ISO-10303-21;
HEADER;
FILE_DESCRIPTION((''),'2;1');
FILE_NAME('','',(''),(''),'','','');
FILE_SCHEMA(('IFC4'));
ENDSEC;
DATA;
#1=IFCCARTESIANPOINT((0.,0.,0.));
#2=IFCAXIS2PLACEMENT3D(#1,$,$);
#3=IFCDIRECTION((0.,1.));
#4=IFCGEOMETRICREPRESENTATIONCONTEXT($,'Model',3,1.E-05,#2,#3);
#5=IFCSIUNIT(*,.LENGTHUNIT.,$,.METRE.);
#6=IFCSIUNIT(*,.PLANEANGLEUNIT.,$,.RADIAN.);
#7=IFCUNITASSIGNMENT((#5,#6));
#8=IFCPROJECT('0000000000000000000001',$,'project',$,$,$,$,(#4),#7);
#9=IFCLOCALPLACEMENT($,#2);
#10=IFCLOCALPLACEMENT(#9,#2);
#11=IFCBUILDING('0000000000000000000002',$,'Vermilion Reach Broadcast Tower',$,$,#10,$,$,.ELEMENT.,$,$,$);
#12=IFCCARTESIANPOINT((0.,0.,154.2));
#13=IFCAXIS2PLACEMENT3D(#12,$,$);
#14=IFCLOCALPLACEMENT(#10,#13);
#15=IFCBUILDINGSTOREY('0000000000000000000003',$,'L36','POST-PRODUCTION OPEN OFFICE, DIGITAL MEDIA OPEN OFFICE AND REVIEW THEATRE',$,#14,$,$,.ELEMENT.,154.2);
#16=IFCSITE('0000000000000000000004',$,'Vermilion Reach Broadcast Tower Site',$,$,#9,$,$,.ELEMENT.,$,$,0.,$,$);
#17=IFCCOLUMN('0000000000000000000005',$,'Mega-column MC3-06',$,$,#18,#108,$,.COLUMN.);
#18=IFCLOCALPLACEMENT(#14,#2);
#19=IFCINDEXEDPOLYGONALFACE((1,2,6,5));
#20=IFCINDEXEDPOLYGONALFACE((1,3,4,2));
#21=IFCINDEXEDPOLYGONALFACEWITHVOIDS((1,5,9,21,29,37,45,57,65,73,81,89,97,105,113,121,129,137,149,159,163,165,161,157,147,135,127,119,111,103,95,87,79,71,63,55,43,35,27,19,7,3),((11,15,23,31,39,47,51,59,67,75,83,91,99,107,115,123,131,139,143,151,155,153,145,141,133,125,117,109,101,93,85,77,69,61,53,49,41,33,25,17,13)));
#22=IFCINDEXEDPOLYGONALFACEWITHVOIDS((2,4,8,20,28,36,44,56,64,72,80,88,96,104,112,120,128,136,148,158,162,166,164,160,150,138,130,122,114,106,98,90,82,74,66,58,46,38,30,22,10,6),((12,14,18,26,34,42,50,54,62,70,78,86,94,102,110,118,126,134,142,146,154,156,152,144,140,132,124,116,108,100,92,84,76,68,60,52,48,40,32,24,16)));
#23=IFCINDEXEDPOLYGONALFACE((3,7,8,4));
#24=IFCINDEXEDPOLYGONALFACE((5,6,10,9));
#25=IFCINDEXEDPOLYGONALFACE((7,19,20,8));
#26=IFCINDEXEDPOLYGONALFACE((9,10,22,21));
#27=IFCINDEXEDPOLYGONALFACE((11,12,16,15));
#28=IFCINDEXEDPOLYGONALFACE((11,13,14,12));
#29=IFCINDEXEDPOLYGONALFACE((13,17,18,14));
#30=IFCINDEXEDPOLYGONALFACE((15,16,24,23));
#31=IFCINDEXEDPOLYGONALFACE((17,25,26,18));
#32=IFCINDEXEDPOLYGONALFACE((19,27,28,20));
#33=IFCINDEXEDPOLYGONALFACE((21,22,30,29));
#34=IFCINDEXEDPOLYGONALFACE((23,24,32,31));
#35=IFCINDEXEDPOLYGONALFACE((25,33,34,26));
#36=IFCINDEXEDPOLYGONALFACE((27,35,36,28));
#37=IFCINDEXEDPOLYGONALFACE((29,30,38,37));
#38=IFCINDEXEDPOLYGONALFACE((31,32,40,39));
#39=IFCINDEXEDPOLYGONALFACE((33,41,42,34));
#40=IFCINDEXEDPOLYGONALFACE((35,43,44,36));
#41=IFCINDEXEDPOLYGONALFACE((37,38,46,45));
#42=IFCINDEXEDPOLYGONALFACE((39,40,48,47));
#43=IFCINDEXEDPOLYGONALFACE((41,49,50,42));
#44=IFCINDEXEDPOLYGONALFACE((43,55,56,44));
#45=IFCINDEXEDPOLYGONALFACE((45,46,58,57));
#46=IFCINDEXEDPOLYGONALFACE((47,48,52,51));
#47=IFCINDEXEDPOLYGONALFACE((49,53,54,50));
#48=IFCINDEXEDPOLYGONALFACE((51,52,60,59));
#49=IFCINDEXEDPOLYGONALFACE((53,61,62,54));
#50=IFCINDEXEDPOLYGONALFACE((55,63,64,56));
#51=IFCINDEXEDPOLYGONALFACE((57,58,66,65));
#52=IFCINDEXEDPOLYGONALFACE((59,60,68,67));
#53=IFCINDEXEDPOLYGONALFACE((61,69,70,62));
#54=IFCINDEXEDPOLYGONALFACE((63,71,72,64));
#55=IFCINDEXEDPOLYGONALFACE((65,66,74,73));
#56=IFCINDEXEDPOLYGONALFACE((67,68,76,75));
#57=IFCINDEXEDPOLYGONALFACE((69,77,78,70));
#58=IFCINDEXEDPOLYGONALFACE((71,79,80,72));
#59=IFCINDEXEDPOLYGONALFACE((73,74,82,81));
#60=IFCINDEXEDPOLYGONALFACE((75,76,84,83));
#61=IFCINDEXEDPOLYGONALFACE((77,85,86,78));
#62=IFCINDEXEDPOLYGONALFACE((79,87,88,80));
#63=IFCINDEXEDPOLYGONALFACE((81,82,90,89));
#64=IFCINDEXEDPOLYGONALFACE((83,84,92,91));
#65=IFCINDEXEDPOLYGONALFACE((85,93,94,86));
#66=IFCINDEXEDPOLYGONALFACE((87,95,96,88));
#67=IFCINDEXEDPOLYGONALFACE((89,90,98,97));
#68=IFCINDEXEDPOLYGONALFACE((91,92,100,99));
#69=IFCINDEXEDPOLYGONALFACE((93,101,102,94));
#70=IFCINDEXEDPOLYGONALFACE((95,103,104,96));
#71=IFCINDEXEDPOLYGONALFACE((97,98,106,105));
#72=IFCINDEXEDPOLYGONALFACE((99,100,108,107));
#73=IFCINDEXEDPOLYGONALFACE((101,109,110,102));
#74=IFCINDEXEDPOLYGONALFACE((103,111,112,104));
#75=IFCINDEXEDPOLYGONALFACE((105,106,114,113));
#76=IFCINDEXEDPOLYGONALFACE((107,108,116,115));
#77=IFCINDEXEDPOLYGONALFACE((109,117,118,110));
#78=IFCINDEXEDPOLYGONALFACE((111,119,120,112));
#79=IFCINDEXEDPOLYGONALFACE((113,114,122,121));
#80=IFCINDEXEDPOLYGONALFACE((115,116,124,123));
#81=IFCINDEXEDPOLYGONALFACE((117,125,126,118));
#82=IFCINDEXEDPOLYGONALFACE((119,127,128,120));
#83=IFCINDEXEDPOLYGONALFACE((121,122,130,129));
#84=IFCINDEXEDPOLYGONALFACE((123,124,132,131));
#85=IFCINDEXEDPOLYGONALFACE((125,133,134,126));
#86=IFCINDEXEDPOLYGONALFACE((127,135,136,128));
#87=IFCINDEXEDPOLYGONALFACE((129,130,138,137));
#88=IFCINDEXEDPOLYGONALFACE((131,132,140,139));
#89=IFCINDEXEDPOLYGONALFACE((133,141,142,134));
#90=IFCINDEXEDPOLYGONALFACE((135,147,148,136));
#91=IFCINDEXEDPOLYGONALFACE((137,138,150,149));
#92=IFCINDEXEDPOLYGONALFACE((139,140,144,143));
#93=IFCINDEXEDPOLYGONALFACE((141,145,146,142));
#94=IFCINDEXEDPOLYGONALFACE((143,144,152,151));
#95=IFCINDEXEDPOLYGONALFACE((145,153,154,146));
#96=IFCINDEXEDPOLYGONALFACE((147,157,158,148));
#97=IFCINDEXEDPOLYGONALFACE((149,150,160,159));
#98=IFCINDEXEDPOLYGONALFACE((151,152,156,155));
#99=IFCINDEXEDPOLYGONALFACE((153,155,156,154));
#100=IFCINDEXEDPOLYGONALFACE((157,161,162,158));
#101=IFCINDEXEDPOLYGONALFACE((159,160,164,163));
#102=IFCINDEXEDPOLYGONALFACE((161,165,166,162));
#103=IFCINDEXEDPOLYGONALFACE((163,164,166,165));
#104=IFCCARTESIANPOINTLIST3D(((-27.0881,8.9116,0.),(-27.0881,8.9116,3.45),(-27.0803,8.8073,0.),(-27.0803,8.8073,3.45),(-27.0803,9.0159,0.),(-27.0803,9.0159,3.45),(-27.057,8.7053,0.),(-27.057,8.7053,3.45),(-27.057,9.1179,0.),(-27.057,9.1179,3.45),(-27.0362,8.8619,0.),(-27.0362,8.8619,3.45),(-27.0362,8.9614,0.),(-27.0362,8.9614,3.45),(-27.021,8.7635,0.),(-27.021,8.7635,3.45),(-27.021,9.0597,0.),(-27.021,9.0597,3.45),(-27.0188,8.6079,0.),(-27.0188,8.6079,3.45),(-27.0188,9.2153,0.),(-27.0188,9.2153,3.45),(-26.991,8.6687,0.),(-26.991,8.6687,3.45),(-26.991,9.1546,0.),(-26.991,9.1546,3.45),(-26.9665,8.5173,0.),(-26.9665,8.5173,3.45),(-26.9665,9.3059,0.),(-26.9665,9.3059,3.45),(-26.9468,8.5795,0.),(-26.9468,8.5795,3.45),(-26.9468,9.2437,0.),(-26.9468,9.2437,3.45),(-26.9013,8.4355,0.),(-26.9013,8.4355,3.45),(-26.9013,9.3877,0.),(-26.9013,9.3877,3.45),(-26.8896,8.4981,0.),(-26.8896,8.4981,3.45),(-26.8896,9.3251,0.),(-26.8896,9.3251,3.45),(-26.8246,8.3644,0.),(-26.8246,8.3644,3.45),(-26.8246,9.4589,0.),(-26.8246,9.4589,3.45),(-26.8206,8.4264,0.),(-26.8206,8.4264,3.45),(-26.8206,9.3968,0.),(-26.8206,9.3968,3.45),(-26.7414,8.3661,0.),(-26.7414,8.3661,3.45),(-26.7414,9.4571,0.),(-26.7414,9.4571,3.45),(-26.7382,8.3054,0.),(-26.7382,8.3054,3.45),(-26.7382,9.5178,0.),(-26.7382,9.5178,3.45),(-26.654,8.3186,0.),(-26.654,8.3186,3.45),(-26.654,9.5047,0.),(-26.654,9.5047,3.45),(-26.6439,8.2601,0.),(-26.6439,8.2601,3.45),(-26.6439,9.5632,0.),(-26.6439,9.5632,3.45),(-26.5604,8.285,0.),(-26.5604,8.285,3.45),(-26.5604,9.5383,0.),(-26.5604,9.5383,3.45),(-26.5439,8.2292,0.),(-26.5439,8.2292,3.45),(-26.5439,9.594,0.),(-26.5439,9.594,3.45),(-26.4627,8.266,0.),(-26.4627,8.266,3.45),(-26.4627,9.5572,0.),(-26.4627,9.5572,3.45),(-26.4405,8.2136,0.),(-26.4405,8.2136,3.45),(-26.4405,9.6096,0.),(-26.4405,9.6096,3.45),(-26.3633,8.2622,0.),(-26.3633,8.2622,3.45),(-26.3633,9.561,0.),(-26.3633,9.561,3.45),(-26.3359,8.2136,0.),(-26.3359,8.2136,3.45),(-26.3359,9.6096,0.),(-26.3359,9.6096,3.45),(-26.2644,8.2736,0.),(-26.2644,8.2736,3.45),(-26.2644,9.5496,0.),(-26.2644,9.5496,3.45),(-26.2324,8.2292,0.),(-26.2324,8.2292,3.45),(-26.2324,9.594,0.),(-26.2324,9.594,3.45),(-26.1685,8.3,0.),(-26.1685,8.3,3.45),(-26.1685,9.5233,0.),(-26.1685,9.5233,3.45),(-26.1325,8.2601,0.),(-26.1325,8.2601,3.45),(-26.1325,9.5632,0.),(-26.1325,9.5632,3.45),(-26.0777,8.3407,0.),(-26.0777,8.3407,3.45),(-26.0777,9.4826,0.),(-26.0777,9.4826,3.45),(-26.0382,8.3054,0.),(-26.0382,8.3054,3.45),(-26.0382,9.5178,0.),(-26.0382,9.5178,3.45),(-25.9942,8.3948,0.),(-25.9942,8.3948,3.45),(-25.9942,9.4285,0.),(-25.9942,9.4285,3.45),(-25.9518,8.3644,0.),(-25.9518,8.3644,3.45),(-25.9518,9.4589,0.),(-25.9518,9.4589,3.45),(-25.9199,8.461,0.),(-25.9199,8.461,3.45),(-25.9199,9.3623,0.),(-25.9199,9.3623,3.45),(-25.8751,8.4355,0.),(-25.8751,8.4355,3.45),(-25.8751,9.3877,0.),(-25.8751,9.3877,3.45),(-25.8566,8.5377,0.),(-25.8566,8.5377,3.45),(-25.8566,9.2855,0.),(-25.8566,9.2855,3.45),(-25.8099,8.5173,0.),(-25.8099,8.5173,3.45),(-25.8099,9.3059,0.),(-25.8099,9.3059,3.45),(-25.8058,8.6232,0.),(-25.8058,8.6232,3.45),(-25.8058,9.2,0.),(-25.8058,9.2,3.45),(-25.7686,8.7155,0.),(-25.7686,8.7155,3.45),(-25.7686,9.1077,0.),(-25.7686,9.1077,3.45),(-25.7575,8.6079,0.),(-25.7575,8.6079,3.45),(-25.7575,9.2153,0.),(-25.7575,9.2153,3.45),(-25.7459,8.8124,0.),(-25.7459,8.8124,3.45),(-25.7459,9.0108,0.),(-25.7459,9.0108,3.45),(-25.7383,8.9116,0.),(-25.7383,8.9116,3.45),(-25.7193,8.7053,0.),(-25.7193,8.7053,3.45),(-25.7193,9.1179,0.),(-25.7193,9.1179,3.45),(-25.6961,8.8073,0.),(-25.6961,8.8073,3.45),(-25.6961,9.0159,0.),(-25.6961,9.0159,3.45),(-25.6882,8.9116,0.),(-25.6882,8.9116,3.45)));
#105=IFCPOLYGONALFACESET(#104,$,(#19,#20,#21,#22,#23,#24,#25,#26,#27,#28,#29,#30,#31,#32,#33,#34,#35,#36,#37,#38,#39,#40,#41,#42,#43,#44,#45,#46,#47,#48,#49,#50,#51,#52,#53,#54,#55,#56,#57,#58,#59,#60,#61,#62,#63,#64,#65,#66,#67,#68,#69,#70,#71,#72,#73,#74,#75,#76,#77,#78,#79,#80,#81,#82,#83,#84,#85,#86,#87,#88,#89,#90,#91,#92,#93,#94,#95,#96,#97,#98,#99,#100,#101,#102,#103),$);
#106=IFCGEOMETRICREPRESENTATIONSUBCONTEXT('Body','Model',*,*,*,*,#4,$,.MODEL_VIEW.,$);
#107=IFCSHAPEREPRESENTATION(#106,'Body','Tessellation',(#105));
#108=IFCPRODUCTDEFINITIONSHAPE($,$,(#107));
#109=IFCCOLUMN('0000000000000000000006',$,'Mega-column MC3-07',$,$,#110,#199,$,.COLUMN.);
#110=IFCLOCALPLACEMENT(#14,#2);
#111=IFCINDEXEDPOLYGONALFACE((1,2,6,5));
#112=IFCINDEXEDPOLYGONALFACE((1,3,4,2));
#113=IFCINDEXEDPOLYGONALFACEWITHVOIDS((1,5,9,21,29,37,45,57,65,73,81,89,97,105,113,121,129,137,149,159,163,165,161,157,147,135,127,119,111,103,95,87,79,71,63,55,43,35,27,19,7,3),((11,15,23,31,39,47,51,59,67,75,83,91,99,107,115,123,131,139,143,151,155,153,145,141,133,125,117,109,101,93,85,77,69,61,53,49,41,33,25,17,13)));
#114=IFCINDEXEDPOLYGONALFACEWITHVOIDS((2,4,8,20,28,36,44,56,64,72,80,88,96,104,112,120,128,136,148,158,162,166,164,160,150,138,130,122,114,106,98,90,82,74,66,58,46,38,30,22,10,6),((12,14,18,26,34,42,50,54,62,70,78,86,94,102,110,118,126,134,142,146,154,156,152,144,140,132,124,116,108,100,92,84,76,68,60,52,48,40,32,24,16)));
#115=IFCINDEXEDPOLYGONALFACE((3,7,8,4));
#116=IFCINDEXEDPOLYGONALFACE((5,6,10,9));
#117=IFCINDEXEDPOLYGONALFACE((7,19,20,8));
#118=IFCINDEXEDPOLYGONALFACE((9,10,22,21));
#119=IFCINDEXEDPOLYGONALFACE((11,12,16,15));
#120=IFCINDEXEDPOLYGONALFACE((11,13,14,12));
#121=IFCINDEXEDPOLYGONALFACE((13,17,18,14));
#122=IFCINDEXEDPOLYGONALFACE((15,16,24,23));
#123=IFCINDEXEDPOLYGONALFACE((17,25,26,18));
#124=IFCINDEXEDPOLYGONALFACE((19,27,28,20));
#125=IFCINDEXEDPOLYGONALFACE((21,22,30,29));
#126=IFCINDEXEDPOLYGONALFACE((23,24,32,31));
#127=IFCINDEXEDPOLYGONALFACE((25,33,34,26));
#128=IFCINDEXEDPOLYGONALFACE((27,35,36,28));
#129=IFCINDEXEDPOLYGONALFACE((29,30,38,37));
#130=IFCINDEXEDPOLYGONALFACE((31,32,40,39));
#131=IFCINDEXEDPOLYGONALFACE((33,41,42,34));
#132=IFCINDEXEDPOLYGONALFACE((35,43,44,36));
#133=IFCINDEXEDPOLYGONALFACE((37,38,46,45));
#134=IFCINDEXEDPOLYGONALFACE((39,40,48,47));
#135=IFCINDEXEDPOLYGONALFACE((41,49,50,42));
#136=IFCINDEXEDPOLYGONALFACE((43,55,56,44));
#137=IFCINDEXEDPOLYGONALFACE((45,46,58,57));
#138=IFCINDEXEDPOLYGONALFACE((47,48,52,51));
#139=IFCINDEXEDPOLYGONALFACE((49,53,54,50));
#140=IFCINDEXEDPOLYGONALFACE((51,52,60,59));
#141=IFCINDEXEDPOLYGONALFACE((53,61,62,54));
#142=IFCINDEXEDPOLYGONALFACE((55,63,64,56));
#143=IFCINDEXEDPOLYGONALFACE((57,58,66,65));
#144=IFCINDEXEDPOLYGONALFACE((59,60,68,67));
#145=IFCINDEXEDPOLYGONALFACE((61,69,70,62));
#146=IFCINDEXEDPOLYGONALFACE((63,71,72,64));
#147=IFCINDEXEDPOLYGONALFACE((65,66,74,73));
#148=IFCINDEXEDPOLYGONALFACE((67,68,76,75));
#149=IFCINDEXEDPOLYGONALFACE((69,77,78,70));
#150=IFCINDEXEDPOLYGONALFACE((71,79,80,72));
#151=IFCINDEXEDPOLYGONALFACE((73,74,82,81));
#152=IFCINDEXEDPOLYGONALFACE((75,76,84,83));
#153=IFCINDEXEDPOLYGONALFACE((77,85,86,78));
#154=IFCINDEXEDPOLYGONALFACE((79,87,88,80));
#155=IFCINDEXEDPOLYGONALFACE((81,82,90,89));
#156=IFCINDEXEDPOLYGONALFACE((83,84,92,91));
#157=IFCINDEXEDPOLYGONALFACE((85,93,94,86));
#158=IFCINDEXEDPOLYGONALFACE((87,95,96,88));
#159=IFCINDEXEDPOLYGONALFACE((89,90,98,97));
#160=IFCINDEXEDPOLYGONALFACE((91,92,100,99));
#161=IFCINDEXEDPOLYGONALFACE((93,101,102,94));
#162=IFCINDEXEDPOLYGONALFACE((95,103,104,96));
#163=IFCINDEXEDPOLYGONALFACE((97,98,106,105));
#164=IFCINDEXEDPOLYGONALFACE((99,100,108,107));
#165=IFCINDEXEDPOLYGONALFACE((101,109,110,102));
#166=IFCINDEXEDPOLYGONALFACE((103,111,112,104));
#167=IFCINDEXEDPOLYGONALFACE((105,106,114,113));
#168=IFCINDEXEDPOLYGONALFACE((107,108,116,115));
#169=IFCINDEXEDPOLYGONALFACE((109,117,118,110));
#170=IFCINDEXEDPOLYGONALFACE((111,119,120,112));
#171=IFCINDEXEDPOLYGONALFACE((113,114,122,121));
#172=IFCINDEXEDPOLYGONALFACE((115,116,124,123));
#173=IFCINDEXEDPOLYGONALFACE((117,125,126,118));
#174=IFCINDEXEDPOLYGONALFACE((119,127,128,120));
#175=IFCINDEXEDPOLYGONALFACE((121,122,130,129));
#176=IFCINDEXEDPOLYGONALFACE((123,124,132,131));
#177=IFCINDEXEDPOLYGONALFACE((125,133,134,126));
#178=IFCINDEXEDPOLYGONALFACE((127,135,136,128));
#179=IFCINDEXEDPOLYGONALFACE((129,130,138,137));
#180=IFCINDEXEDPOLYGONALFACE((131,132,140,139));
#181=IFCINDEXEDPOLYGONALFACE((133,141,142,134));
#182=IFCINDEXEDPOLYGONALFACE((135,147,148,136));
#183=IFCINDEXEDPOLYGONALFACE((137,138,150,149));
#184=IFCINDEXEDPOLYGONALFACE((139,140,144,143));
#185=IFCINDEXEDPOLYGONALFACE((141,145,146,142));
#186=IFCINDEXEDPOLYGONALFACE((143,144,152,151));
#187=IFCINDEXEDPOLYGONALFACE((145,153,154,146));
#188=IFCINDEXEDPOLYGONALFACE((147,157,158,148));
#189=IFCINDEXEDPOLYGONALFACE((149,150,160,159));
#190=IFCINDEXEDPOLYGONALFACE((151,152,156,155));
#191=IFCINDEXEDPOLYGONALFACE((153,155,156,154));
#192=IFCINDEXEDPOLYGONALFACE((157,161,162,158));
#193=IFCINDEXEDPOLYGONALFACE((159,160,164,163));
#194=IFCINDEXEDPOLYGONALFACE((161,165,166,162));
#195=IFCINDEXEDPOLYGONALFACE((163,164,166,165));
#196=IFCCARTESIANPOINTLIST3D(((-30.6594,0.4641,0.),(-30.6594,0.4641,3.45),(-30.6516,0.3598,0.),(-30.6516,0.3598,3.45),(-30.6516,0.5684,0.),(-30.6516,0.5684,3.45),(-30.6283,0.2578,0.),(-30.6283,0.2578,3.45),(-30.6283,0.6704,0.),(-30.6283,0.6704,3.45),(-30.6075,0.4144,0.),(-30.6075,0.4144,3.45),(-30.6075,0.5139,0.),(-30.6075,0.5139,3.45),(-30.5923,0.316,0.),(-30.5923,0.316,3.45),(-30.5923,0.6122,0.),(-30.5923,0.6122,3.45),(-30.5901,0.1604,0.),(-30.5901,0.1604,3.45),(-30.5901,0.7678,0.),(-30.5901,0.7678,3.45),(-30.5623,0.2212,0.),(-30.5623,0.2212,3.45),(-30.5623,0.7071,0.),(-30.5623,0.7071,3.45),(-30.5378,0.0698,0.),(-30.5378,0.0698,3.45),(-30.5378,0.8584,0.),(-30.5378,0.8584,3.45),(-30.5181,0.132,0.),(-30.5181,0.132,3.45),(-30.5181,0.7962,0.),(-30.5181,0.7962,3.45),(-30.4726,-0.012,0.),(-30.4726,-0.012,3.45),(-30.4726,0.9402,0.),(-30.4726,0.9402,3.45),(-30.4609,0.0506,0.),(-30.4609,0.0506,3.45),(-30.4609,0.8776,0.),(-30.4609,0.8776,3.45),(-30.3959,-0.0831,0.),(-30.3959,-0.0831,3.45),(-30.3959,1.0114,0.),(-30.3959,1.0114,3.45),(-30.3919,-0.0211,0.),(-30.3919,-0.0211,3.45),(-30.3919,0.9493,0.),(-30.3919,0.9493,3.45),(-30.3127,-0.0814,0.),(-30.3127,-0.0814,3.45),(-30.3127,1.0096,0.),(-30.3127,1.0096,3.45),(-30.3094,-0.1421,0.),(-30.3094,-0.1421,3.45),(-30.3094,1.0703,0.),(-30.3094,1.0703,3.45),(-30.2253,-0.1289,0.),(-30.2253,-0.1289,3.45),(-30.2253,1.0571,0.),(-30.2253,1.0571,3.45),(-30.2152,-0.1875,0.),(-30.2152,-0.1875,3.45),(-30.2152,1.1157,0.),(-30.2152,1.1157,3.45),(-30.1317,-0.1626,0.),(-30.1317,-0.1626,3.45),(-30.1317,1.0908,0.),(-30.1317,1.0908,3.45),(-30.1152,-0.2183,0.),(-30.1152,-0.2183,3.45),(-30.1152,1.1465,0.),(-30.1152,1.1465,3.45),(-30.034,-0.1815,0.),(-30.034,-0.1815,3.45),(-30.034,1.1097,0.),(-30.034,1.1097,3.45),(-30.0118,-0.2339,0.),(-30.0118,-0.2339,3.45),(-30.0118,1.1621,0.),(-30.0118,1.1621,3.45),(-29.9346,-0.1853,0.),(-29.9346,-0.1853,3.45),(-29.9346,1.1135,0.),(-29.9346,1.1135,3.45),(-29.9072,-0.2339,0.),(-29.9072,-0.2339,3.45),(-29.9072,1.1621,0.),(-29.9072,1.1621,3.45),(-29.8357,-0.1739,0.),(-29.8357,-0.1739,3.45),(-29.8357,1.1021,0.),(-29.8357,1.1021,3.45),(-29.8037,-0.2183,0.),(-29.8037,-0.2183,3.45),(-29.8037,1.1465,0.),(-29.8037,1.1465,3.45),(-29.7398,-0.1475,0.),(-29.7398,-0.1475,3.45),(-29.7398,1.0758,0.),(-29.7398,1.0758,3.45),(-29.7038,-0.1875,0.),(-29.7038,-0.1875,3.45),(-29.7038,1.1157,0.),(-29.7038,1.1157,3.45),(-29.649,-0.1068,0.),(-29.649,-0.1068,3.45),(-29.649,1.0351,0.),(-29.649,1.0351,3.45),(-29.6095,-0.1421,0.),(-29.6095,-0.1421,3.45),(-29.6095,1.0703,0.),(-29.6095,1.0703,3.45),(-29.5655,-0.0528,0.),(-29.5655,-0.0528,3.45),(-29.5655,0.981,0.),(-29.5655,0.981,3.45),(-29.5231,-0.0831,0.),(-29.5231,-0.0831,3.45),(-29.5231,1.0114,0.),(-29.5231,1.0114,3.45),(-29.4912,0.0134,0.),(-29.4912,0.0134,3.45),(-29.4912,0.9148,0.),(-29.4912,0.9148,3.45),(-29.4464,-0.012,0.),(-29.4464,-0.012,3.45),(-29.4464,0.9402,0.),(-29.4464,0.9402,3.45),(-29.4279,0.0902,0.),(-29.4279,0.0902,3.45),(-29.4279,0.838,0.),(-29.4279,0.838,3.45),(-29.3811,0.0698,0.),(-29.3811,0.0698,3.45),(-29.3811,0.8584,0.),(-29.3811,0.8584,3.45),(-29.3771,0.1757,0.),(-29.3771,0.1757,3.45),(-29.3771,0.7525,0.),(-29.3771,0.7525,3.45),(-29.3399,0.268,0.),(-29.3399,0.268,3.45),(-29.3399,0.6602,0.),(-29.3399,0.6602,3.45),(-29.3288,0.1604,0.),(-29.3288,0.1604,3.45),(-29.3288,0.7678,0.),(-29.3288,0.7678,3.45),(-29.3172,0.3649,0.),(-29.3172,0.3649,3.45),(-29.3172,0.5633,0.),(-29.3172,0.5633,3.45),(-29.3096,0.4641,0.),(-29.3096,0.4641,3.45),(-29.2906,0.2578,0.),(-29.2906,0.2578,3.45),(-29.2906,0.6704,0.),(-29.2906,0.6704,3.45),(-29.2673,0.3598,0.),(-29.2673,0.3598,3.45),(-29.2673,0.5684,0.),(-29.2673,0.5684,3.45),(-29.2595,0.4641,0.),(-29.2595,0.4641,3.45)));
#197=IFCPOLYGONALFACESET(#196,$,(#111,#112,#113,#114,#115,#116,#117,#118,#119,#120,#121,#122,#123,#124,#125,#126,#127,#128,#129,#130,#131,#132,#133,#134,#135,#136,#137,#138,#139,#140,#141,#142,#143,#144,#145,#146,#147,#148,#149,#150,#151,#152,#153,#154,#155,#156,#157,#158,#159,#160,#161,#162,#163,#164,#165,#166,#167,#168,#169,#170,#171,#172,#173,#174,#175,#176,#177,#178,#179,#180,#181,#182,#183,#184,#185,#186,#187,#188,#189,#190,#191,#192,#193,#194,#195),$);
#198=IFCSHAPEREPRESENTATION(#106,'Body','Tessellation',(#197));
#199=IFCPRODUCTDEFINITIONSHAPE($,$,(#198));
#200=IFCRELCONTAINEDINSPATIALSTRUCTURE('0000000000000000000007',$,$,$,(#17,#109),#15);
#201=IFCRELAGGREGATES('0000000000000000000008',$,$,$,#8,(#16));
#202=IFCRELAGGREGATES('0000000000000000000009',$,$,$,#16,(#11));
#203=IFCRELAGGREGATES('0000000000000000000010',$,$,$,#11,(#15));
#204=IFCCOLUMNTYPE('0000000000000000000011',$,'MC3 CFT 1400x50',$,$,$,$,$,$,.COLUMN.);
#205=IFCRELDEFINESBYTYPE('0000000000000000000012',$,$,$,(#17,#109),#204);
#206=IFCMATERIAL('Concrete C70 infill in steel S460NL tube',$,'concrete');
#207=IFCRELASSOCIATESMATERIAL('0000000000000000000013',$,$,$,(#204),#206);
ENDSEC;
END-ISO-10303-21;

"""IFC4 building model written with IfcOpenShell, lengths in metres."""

from ifc_helpers import new_model, si_unit, direction, frame, origin, origin_2d, place, context, subcontext, project, spatial, hollow_circle, extrude, material, material_profile, profile_set, type_object, element, save


model = new_model("IFC4")

# Units and contexts
model_context = context("Model", 3, precision=1e-05, world=origin(), true_north=direction((0.0, 1.0)))
body_context = subcontext(model_context, "Body", "Model", "MODEL_VIEW")
ifc_project = project(units=[si_unit("LENGTHUNIT", "METRE"), si_unit("PLANEANGLEUNIT", "RADIAN")], contexts=[model_context])

# Site, building, storey
site_placement = place(None, origin())
site = spatial("IfcSite", under=ifc_project, at=site_placement, Name="Vermilion Reach Broadcast Tower Site", CompositionType="ELEMENT", RefElevation=0.0)
building_placement = place(site_placement, origin())
building = spatial("IfcBuilding", under=site, at=building_placement, Name="Vermilion Reach Broadcast Tower", CompositionType="ELEMENT")
storey_placement = place(building_placement, frame((0.0, 0.0, 154.2)))
storey = spatial("IfcBuildingStorey", under=building, at=storey_placement, Name="L36", Description="POST-PRODUCTION OPEN OFFICE, DIGITAL MEDIA OPEN OFFICE AND REVIEW THEATRE", CompositionType="ELEMENT", Elevation=154.2)

# Columns
ifc_material_1 = material(Name="Concrete C70 infill in steel S460NL tube", Category="concrete")
ifc_material_profile_1 = material_profile(ifc_material_1, hollow_circle(Radius=0.7, WallThickness=0.05, at=origin_2d()), Name="Concrete C70 infill in steel S460NL tube CFT 1400x50")
ifc_profile_set_1 = profile_set([ifc_material_profile_1], Name="Concrete C70 infill in steel S460NL tube")
column_type = type_object("IfcColumnType", Name="MC3 CFT 1400x50", PredefinedType="COLUMN", material=ifc_profile_set_1)
for number, where, z_axis, x_axis, name in (
    (1, (-26.3882, 8.9116, 0.0), (0.0, 0.0, 1.0), (1.0, 0.0, 0.0), "Mega-column MC3-06"),
    (2, (-29.9595, 0.4641, 0.0), (0.0, 0.0, 1.0), (1.0, 0.0, 0.0), "Mega-column MC3-07"),
):
    element("IfcColumn", number, at=place(storey_placement, frame(where, z_axis=z_axis, x_axis=x_axis)), inside=storey, type_object=column_type, Name=name, PredefinedType="COLUMN", context=body_context, shape_type="SweptSolid", body=[
        extrude(hollow_circle(Radius=0.7, WallThickness=0.05, at=origin_2d()), origin(), (0.0, 0.0, 1.0), 3.45),
    ])

save(model, "model.ifc")
